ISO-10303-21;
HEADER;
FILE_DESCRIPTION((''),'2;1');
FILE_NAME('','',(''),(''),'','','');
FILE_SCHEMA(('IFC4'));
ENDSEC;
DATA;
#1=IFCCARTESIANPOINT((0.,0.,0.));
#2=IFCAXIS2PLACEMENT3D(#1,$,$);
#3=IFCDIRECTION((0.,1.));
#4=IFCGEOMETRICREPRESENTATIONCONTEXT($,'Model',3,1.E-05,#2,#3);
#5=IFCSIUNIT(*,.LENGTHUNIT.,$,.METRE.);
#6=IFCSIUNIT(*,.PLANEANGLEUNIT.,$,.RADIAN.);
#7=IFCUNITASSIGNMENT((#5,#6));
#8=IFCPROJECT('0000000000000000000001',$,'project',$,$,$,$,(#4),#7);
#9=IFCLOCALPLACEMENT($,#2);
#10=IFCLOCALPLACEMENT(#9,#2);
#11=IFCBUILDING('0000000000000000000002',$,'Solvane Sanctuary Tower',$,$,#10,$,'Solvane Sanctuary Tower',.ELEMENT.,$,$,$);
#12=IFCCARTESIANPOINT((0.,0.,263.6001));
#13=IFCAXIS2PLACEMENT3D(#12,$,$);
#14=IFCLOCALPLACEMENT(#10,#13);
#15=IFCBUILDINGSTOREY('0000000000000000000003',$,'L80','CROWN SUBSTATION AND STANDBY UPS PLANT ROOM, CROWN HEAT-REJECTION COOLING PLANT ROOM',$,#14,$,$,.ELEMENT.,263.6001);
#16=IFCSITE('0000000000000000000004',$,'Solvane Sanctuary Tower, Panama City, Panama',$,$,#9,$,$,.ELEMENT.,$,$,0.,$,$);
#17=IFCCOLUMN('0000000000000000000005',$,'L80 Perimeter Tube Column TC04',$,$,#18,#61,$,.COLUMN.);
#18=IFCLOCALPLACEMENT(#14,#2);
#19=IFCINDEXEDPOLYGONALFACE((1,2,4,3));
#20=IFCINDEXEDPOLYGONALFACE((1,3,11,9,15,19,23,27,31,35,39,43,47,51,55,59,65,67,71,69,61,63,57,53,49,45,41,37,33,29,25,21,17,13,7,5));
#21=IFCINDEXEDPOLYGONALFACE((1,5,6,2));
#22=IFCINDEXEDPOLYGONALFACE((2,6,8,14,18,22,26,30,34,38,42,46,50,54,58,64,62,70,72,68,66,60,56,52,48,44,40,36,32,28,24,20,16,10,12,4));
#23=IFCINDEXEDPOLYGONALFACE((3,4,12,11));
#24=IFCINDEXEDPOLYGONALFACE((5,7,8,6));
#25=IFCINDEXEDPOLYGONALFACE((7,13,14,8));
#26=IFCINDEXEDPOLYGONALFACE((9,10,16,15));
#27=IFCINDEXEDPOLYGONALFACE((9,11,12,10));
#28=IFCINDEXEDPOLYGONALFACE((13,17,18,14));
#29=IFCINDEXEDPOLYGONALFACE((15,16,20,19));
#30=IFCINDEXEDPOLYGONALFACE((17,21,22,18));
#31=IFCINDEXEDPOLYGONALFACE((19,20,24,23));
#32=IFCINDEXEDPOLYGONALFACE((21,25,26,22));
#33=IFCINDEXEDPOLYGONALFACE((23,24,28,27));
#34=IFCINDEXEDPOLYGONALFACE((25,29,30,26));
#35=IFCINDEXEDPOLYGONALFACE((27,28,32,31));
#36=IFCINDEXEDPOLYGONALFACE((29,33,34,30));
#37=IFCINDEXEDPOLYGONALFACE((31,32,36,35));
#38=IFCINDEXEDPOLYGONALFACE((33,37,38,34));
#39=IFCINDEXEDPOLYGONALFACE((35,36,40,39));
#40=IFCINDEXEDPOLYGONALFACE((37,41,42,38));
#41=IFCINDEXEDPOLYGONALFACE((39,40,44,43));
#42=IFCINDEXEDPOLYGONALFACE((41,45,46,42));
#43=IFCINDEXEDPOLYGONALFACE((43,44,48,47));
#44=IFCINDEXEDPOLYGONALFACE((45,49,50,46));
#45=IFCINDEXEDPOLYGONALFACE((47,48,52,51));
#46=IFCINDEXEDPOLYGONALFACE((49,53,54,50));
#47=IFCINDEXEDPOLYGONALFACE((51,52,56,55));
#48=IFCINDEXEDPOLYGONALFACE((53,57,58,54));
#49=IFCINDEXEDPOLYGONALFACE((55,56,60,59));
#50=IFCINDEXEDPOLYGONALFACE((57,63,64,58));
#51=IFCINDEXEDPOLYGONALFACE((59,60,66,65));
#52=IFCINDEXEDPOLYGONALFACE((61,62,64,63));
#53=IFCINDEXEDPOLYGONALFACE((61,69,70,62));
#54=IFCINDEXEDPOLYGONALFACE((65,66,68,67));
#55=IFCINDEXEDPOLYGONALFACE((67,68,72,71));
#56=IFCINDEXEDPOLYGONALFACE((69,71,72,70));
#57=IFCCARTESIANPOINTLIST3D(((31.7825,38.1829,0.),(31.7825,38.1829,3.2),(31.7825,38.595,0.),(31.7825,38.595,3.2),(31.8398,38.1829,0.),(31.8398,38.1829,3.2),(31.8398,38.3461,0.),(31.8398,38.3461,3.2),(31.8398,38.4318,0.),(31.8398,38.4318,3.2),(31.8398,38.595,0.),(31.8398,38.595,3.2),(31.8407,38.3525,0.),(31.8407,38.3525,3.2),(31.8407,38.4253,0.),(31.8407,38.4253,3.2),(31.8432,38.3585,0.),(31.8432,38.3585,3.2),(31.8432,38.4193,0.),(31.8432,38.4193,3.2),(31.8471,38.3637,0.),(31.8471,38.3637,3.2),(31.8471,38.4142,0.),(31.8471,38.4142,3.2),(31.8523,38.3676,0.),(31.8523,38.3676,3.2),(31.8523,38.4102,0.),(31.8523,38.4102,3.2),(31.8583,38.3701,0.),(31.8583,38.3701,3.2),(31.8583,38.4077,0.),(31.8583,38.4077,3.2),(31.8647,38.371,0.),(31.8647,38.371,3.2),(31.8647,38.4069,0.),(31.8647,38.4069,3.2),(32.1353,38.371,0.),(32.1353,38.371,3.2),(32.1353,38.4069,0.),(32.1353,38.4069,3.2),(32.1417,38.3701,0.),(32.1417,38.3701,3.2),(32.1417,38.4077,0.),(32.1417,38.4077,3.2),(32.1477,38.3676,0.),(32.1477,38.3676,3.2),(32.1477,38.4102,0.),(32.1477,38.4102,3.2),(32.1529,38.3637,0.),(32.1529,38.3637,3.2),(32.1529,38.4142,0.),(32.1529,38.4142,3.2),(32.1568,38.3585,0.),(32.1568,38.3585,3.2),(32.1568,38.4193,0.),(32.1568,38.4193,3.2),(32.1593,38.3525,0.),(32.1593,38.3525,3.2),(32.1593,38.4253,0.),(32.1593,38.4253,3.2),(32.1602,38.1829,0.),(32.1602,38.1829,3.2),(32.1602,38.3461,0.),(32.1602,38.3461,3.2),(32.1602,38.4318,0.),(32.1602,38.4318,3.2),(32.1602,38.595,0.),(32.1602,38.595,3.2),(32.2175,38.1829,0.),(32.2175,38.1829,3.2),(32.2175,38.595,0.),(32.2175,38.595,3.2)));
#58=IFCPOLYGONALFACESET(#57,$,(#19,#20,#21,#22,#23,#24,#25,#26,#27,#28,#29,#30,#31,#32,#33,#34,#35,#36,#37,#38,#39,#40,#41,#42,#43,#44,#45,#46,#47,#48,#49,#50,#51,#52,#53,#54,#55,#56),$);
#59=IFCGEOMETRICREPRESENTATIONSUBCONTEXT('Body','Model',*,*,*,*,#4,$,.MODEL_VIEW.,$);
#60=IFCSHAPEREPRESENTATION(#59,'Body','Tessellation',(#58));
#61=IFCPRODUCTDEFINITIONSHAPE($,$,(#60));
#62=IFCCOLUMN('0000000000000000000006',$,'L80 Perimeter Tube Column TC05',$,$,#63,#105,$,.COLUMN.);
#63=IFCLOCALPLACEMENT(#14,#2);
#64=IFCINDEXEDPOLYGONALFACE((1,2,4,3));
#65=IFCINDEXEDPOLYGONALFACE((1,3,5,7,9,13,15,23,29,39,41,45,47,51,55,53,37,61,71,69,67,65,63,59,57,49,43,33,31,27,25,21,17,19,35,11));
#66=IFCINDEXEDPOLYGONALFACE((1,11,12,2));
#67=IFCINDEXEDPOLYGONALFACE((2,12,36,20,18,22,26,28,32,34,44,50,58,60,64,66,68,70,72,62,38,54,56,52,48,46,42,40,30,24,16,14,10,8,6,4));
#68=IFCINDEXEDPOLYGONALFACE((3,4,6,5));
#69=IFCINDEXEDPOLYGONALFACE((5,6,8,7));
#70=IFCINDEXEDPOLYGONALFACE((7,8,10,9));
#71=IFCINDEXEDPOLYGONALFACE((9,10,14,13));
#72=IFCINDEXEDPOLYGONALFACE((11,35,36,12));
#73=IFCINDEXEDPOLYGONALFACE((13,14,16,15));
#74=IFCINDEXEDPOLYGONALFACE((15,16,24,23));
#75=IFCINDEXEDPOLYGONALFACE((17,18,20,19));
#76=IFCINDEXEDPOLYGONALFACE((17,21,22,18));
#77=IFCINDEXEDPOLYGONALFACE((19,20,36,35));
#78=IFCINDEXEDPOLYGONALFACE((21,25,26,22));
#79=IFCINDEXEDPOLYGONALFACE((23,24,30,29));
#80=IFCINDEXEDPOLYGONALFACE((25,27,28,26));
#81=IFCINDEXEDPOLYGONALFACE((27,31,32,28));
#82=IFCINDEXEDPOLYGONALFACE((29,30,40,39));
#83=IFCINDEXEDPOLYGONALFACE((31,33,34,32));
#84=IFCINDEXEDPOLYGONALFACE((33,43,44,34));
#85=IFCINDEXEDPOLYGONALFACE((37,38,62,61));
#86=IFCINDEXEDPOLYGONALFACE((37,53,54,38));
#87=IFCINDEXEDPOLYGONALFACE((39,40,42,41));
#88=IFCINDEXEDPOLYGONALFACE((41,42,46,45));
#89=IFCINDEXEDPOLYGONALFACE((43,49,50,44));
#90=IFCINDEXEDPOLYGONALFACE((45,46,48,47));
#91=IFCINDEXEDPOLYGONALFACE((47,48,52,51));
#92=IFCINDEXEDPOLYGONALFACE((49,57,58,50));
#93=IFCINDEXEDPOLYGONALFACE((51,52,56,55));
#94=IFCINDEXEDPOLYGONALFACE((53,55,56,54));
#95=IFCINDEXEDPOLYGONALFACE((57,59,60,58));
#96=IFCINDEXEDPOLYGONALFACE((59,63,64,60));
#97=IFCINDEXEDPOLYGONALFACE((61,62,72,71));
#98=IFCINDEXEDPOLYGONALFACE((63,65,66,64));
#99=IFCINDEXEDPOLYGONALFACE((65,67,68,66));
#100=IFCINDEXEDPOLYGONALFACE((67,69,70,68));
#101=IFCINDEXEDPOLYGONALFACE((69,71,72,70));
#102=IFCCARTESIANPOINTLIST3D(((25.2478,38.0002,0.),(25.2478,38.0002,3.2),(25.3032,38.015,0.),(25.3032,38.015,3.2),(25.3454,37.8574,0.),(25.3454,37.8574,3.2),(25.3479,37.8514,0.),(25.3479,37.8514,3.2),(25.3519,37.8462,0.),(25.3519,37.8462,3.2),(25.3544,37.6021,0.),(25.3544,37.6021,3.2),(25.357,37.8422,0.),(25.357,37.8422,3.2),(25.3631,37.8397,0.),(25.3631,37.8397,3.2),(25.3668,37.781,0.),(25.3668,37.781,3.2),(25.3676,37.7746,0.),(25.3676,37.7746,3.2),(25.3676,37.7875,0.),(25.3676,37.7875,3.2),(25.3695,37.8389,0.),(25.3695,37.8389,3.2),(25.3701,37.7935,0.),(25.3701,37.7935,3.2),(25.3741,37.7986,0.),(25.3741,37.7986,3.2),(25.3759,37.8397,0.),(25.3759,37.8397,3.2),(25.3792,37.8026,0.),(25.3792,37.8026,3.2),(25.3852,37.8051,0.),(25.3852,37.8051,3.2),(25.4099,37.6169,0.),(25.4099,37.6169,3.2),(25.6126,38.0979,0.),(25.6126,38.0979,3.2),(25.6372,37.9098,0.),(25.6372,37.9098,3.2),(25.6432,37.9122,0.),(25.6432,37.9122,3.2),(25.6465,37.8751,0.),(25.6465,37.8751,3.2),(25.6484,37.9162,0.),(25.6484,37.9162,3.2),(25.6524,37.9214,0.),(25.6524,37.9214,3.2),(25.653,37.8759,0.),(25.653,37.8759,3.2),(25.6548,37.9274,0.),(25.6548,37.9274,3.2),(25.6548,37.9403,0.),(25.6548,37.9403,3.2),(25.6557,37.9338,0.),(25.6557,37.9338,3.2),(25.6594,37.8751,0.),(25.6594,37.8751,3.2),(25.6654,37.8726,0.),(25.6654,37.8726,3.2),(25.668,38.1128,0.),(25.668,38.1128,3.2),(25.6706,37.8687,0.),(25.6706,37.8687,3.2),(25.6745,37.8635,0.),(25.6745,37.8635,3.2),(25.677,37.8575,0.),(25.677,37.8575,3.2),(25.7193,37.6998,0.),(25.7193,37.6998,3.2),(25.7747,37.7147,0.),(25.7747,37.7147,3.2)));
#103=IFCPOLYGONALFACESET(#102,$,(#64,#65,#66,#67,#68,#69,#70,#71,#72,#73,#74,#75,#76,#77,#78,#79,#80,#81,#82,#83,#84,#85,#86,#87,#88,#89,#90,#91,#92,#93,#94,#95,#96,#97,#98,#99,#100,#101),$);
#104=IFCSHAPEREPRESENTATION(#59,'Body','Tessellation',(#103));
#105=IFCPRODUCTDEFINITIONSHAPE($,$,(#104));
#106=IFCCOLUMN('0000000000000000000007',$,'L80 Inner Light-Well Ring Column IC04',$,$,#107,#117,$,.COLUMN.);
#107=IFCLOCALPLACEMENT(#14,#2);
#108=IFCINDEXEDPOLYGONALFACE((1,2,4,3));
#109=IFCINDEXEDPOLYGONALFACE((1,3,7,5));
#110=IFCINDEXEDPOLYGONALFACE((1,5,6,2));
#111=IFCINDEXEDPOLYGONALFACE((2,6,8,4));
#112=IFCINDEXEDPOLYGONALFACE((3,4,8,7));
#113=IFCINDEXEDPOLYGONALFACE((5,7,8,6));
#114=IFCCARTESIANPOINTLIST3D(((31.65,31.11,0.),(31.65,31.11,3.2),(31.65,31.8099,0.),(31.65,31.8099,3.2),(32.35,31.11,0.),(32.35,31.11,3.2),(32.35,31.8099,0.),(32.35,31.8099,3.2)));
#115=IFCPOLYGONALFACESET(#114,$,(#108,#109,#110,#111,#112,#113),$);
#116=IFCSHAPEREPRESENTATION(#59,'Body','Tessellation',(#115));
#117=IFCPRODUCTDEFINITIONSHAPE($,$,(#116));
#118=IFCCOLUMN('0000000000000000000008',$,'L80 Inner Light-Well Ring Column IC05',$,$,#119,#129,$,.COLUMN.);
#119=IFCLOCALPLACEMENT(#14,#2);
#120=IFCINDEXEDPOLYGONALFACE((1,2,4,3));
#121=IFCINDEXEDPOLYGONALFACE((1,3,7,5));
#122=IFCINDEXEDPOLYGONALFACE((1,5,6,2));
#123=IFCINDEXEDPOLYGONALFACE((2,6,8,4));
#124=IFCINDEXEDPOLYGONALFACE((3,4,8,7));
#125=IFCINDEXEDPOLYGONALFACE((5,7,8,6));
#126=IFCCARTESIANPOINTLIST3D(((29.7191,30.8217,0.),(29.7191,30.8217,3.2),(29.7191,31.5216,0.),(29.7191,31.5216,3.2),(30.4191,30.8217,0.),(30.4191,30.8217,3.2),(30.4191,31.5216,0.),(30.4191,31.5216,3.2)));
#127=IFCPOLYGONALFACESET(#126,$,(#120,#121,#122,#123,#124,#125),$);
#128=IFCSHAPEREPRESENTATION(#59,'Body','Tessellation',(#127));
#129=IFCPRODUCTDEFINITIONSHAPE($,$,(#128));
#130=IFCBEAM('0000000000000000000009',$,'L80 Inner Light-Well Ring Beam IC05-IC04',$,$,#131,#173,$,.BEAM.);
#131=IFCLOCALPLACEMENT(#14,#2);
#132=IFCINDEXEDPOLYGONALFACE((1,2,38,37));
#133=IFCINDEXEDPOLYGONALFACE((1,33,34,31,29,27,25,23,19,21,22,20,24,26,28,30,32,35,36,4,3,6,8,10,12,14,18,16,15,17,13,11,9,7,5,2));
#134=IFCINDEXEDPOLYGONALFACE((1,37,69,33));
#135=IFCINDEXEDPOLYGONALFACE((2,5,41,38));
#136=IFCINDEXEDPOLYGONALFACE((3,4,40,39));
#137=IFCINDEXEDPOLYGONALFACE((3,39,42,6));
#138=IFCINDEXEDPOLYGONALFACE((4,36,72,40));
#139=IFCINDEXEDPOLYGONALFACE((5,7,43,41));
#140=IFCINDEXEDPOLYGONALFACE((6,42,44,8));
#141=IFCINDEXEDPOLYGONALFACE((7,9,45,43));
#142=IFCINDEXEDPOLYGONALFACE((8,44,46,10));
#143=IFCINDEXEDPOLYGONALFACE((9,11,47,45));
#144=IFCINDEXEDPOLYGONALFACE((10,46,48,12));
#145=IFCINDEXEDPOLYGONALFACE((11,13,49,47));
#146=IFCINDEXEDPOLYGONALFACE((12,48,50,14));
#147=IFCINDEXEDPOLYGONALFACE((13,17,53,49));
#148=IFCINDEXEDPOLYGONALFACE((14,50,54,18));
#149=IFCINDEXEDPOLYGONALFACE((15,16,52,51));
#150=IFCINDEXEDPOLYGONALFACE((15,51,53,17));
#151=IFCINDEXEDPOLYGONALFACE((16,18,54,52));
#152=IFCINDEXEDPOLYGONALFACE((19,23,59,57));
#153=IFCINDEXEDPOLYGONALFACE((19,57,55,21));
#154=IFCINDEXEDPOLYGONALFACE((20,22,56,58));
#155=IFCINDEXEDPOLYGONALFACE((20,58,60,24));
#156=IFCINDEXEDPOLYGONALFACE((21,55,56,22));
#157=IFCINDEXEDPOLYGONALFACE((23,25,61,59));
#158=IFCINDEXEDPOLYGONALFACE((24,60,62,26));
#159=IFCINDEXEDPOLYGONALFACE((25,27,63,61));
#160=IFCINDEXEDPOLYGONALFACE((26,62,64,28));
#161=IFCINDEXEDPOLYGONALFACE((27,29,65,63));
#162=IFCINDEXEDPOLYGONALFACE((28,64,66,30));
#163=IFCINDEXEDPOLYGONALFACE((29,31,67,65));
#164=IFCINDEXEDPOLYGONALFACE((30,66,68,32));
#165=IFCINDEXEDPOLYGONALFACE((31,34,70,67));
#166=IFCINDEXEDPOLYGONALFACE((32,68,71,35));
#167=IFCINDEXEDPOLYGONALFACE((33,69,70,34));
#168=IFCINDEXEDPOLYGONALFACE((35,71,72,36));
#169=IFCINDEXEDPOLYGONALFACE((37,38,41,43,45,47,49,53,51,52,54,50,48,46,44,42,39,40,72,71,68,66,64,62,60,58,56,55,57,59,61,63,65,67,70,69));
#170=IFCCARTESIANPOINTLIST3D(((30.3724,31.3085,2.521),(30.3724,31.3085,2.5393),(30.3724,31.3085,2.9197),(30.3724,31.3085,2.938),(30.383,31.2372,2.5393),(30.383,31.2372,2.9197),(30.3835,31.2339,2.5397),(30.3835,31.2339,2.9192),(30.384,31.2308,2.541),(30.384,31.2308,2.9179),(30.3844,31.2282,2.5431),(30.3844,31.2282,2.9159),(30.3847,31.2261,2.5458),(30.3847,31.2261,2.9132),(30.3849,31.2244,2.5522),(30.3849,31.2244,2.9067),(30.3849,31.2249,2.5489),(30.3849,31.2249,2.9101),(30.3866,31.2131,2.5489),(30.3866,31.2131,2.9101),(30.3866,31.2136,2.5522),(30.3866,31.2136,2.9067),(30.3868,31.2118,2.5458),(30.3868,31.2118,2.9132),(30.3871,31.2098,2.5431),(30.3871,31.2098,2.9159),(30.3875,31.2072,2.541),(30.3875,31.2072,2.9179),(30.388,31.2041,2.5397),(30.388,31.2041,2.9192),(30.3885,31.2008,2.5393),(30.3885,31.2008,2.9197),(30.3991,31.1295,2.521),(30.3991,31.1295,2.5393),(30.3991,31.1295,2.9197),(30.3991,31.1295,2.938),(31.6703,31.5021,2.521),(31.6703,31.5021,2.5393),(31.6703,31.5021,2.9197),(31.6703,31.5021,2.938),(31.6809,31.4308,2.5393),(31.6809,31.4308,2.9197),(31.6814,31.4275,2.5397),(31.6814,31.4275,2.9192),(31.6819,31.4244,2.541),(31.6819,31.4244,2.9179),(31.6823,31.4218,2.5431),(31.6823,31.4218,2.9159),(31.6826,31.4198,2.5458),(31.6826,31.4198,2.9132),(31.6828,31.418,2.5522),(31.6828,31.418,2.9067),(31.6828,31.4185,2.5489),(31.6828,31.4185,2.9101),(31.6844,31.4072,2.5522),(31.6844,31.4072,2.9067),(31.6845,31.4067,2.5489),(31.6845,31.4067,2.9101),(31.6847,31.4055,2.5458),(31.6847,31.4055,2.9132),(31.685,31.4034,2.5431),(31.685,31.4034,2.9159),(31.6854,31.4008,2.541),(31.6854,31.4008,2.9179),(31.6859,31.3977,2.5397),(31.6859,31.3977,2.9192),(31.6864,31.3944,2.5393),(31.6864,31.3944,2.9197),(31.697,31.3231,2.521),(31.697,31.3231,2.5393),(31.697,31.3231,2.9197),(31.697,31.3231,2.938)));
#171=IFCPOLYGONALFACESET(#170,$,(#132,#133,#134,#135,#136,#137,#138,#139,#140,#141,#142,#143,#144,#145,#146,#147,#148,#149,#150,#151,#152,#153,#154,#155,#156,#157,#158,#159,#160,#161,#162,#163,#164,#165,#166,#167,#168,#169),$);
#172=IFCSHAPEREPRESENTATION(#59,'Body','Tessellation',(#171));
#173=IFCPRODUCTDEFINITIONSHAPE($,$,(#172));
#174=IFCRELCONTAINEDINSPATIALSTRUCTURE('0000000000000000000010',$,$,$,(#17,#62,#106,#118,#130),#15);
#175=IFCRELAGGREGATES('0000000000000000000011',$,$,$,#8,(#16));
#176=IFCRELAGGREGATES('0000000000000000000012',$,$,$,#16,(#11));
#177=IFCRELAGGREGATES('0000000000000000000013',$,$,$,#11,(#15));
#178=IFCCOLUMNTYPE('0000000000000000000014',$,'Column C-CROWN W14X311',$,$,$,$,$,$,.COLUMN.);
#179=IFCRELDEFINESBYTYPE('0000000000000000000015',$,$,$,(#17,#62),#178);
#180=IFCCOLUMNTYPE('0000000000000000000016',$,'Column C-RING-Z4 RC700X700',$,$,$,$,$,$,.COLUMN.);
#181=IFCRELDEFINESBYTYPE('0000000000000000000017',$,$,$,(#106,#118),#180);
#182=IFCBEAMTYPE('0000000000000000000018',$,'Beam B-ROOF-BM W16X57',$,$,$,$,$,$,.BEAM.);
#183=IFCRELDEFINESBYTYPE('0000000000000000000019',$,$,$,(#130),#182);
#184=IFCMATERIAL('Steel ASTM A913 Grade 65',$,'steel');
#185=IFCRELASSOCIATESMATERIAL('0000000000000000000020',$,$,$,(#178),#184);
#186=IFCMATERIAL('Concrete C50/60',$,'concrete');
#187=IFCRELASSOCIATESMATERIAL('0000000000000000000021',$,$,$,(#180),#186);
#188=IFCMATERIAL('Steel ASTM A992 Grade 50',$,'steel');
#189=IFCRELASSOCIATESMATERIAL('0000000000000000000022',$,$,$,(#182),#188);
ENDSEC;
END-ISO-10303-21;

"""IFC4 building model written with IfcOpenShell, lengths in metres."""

from ifc_helpers import new_model, si_unit, direction, frame, origin, origin_2d, place, context, subcontext, project, spatial, rectangle, i_section, extrude, material, material_profile, profile_set, type_object, element, save


model = new_model("IFC4")

# Units and contexts
model_context = context("Model", 3, precision=1e-05, world=origin(), true_north=direction((0.0, 1.0)))
body_context = subcontext(model_context, "Body", "Model", "MODEL_VIEW")
ifc_project = project(units=[si_unit("LENGTHUNIT", "METRE"), si_unit("PLANEANGLEUNIT", "RADIAN")], contexts=[model_context])

# Site, building, storey
site_placement = place(None, origin())
site = spatial("IfcSite", under=ifc_project, at=site_placement, Name="Solvane Sanctuary Tower, Panama City, Panama", CompositionType="ELEMENT", RefElevation=0.0)
building_placement = place(site_placement, origin())
building = spatial("IfcBuilding", under=site, at=building_placement, Name="Solvane Sanctuary Tower", LongName="Solvane Sanctuary Tower", CompositionType="ELEMENT")
storey_placement = place(building_placement, frame((0.0, 0.0, 263.6001)))
storey = spatial("IfcBuildingStorey", under=building, at=storey_placement, Name="L80", Description="CROWN SUBSTATION AND STANDBY UPS PLANT ROOM, CROWN HEAT-REJECTION COOLING PLANT ROOM", CompositionType="ELEMENT", Elevation=263.6001)

# Columns
ifc_material_1 = material(Name="Steel ASTM A913 Grade 65", Category="steel")
ifc_material_profile_1 = material_profile(ifc_material_1, i_section(OverallWidth=0.4121, OverallDepth=0.4351, WebThickness=0.0359, FlangeThickness=0.0574, FilletRadius=0.0249, at=origin_2d()), Name="W14X311")
ifc_profile_set_1 = profile_set([ifc_material_profile_1], Name="Steel ASTM A913 Grade 65")
column_type_1 = type_object("IfcColumnType", Name="Column C-CROWN W14X311", PredefinedType="COLUMN", material=ifc_profile_set_1)
for number, where, z_axis, x_axis, name in (
    (1, (32.0, 38.3889, 0.0), (0.0, 0.0, 1.0), (0.0, 1.0, 0.0), "L80 Perimeter Tube Column TC04"),
    (2, (25.5112, 37.8574, 0.0), (0.0, 0.0, 1.0), (-0.258819, 0.965926, 0.0), "L80 Perimeter Tube Column TC05"),
):
    element("IfcColumn", number, at=place(storey_placement, frame(where, z_axis=z_axis, x_axis=x_axis)), inside=storey, type_object=column_type_1, Name=name, PredefinedType="COLUMN", context=body_context, shape_type="SweptSolid", body=[
        extrude(i_section(OverallWidth=0.4121, OverallDepth=0.4351, WebThickness=0.0359, FlangeThickness=0.0574, FilletRadius=0.0249, at=origin_2d()), origin(), (0.0, 0.0, 1.0), 3.2),
    ])
ifc_material_2 = material(Name="Concrete C50/60", Category="concrete")
ifc_material_profile_2 = material_profile(ifc_material_2, rectangle(XDim=0.7, YDim=0.7, at=origin_2d()), Name="RC700X700")
ifc_profile_set_2 = profile_set([ifc_material_profile_2], Name="Concrete C50/60")
column_type_2 = type_object("IfcColumnType", Name="Column C-RING-Z4 RC700X700", PredefinedType="COLUMN", material=ifc_profile_set_2)
for number, where, z_axis, x_axis, name in (
    (3, (32.0, 31.46, 0.0), (0.0, 0.0, 1.0), (1.0, 0.0, 0.0), "L80 Inner Light-Well Ring Column IC04"),
    (4, (30.0691, 31.1716, 0.0), (0.0, 0.0, 1.0), (1.0, 0.0, 0.0), "L80 Inner Light-Well Ring Column IC05"),
):
    element("IfcColumn", number, at=place(storey_placement, frame(where, z_axis=z_axis, x_axis=x_axis)), inside=storey, type_object=column_type_2, Name=name, PredefinedType="COLUMN", context=body_context, shape_type="SweptSolid", body=[
        extrude(rectangle(XDim=0.7, YDim=0.7, at=origin_2d()), origin(), (0.0, 0.0, 1.0), 3.2),
    ])

# Beam
ifc_material_3 = material(Name="Steel ASTM A992 Grade 50", Category="steel")
ifc_material_profile_3 = material_profile(ifc_material_3, i_section(OverallWidth=0.1809, OverallDepth=0.417, WebThickness=0.011, FlangeThickness=0.0183, FilletRadius=0.0129, at=origin_2d()), Name="W16X57")
ifc_profile_set_3 = profile_set([ifc_material_profile_3], Name="Steel ASTM A992 Grade 50")
beam_type_1 = type_object("IfcBeamType", Name="Beam B-ROOF-BM W16X57", PredefinedType="BEAM", material=ifc_profile_set_3)
beam_1_placement = place(storey_placement, frame((30.3857, 31.219, 2.7295), z_axis=(0.989056, 0.14754, 0.0), x_axis=(-0.14754, 0.989056, 0.0)))
element("IfcBeam", 5, at=beam_1_placement, inside=storey, type_object=beam_type_1, Name="L80 Inner Light-Well Ring Beam IC05-IC04", PredefinedType="BEAM", context=body_context, shape_type="SweptSolid", body=[
    extrude(i_section(OverallWidth=0.1809, OverallDepth=0.417, WebThickness=0.011, FlangeThickness=0.0183, FilletRadius=0.0129, at=origin_2d()), origin(), (0.0, 0.0, 1.0), 1.3123),
])

save(model, "model.ifc")
